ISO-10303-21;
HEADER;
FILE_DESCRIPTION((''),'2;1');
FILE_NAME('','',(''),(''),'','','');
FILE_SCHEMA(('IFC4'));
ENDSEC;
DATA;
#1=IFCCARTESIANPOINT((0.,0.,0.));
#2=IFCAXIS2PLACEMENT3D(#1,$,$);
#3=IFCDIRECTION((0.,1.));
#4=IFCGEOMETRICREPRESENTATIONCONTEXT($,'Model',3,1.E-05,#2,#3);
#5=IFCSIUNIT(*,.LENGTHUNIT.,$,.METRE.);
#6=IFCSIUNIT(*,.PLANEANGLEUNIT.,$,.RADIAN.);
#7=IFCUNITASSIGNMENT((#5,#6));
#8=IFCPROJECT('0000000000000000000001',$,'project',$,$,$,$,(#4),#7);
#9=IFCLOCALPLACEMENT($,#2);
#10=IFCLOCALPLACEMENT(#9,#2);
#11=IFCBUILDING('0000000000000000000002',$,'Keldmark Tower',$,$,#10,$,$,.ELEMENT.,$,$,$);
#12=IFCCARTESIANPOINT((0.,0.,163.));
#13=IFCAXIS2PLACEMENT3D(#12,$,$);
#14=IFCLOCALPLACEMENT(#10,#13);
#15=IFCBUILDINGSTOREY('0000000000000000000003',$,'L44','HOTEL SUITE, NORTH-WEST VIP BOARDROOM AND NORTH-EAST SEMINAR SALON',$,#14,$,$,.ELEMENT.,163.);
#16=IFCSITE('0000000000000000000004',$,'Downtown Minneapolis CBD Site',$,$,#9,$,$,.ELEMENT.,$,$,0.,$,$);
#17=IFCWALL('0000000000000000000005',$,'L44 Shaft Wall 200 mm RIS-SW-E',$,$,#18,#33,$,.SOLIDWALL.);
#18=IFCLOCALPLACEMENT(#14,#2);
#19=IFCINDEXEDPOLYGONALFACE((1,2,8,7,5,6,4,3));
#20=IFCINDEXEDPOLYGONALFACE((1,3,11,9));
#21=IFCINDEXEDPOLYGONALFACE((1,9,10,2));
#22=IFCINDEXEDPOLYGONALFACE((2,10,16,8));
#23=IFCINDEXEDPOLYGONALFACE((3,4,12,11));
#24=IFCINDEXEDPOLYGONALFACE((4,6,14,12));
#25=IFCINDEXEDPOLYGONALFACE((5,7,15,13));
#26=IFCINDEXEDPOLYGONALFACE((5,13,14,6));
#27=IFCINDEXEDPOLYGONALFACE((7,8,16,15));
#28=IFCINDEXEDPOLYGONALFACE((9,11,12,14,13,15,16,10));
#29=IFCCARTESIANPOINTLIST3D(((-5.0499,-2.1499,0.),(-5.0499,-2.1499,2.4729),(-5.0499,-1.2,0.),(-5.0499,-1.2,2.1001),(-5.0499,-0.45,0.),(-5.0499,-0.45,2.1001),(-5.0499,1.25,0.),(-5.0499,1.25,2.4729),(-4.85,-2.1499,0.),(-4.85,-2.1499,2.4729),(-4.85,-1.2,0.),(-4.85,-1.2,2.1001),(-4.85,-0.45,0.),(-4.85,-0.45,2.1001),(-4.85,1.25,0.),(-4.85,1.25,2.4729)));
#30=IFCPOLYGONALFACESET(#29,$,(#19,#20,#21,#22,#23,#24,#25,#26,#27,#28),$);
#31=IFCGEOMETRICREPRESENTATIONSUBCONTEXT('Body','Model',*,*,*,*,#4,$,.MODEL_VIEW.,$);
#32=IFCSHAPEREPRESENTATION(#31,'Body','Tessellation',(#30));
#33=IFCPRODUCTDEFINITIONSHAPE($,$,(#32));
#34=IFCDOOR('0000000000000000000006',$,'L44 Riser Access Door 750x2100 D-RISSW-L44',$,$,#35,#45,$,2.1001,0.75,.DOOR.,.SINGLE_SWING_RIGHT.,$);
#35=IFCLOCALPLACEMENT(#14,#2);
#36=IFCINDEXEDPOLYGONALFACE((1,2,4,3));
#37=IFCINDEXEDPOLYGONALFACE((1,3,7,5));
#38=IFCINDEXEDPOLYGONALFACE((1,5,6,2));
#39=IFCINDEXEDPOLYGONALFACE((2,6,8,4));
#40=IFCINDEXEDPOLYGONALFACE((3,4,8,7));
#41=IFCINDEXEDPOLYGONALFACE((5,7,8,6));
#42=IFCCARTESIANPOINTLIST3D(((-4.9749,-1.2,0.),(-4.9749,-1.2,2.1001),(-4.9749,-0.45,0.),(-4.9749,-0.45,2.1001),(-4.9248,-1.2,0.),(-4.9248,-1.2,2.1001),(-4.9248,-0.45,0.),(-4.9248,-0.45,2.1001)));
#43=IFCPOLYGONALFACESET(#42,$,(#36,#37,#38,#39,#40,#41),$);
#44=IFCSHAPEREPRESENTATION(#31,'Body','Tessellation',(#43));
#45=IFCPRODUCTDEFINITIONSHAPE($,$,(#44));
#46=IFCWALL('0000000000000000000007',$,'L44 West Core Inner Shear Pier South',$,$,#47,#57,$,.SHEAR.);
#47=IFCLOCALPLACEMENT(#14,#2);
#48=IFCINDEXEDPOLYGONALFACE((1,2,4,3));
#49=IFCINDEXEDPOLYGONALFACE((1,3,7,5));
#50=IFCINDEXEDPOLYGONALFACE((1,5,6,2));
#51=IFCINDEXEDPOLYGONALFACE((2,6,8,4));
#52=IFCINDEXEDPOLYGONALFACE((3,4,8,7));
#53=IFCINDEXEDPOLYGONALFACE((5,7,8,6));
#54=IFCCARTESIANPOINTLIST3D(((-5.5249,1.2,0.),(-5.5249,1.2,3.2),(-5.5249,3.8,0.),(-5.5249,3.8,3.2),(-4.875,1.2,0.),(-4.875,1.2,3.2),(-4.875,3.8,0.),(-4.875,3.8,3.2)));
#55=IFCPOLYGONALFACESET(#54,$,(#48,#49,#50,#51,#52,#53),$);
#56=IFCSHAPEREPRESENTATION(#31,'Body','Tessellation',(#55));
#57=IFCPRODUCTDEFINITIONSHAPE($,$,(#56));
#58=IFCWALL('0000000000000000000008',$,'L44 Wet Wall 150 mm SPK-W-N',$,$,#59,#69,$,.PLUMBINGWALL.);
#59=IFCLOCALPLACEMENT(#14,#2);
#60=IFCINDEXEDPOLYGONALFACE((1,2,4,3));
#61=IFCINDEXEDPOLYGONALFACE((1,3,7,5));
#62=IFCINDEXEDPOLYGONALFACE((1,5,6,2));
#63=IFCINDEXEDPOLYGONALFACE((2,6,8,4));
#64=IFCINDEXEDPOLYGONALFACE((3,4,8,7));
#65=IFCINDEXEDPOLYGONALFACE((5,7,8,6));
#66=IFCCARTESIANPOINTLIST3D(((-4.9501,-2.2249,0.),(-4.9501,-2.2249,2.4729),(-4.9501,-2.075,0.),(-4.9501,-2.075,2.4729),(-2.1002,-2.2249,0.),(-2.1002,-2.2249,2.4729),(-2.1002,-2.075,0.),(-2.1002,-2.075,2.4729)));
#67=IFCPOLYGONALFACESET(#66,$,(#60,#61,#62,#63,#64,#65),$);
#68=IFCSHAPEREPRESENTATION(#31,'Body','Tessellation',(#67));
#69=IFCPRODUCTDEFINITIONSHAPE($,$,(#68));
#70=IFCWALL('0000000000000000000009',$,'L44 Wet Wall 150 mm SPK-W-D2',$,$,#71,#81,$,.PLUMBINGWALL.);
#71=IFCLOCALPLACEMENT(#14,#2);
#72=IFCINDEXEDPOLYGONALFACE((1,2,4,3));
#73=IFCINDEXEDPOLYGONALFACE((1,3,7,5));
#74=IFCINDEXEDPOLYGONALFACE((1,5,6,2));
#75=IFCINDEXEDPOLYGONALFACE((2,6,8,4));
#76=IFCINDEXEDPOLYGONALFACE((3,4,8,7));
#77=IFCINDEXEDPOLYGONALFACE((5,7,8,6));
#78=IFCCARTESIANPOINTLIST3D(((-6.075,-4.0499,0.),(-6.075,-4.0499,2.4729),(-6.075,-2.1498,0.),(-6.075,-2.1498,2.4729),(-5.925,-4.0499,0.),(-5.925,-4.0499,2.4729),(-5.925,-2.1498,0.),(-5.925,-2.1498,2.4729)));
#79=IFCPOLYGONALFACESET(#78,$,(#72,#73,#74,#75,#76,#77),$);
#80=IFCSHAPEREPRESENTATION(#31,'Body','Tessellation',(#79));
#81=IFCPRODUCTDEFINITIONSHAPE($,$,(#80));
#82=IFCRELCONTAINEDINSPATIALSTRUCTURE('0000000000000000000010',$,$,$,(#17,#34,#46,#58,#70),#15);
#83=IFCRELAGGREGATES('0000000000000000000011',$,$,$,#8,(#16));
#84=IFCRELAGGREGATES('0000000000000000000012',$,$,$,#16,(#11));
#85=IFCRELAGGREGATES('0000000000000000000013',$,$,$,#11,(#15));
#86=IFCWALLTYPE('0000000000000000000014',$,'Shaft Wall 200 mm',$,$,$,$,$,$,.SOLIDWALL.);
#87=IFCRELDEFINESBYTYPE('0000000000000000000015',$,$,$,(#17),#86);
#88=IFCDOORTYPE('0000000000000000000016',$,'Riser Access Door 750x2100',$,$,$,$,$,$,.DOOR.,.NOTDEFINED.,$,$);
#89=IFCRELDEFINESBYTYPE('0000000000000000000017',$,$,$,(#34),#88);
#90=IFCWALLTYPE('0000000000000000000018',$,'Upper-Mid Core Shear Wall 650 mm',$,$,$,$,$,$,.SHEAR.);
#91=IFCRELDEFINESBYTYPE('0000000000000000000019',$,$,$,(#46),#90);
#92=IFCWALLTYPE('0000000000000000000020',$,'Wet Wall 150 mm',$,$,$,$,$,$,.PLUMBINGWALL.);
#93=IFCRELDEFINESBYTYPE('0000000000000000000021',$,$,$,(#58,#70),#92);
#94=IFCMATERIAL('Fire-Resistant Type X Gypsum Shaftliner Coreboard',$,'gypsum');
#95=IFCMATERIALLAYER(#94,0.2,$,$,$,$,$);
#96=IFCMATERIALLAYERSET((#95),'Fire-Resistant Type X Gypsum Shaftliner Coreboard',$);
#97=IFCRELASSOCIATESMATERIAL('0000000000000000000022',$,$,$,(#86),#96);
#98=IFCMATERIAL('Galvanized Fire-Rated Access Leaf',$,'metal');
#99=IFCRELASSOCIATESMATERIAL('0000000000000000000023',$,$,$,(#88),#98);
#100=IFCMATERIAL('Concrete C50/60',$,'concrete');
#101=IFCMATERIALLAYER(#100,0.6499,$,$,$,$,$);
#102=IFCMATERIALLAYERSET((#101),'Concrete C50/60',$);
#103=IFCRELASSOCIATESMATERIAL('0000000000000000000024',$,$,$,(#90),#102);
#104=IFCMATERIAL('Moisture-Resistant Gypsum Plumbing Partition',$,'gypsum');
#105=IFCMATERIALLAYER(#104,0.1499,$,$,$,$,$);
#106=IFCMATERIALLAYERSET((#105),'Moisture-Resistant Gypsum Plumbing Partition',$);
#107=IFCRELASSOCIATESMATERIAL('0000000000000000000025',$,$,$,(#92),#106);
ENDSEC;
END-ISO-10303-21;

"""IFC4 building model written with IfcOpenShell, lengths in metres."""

from ifc_helpers import new_model, si_unit, direction, frame, frame_2d, origin, place, context, subcontext, project, spatial, rectangle, extrude, material, layer, layer_set, type_object, element, fill, save


model = new_model("IFC4")

# Units and contexts
model_context = context("Model", 3, precision=1e-05, world=origin(), true_north=direction((0.0, 1.0)))
body_context = subcontext(model_context, "Body", "Model", "MODEL_VIEW")
ifc_project = project(units=[si_unit("LENGTHUNIT", "METRE"), si_unit("PLANEANGLEUNIT", "RADIAN")], contexts=[model_context])

# Site, building, storey
site_placement = place(None, origin())
site = spatial("IfcSite", under=ifc_project, at=site_placement, Name="Downtown Minneapolis CBD Site", CompositionType="ELEMENT", RefElevation=0.0)
building_placement = place(site_placement, origin())
building = spatial("IfcBuilding", under=site, at=building_placement, Name="Keldmark Tower", CompositionType="ELEMENT")
storey_placement = place(building_placement, frame((0.0, 0.0, 163.0)))
storey = spatial("IfcBuildingStorey", under=building, at=storey_placement, Name="L44", Description="HOTEL SUITE, NORTH-WEST VIP BOARDROOM AND NORTH-EAST SEMINAR SALON", CompositionType="ELEMENT", Elevation=163.0)

# Shared definitions
ifc_material_1 = material(Name="Fire-Resistant Type X Gypsum Shaftliner Coreboard", Category="gypsum")
ifc_layer_1 = layer(ifc_material_1, 0.2)
ifc_layer_set_1 = layer_set([ifc_layer_1], Name="Fire-Resistant Type X Gypsum Shaftliner Coreboard")
wall_type_1 = type_object("IfcWallType", Name="Shaft Wall 200 mm", PredefinedType="SOLIDWALL", material=ifc_layer_set_1)

# Wall, opening, door
wall_1_placement = place(storey_placement, frame((-4.95, -2.1499, 0.0), z_axis=(0.0, 0.0, 1.0), x_axis=(0.0, 1.0, 0.0)))
wall_1 = element("IfcWall", 1, at=wall_1_placement, inside=storey, type_object=wall_type_1, Name="L44 Shaft Wall 200 mm RIS-SW-E", PredefinedType="SOLIDWALL", context=body_context, shape_type="SweptSolid", body=[
    extrude(rectangle(XDim=3.3999, YDim=0.2, at=frame_2d((1.7, 0.0))), origin(), (0.0, 0.0, 1.0), 2.4729),
])
opening_1_placement = place(wall_1_placement, frame((0.95, 0.0, 0.0)))
opening_1 = element("IfcOpeningElement", 2, at=opening_1_placement, cuts=wall_1, PredefinedType="OPENING", context=body_context, shape_type="SweptSolid", body=[
    extrude(rectangle(XDim=0.75, YDim=2.1001, at=frame_2d((0.375, 1.05))), frame((0.0, 0.1099, 0.0), z_axis=(0.0, -1.0, 0.0), x_axis=(1.0, 0.0, 0.0)), (0.0, 0.0, 1.0), 0.22),
])
ifc_material_2 = material(Name="Galvanized Fire-Rated Access Leaf", Category="metal")
door_type_1 = type_object("IfcDoorType", Name="Riser Access Door 750x2100", OperationType="NOTDEFINED", PredefinedType="DOOR", material=ifc_material_2)
door_1_placement = place(opening_1_placement, origin())
door_1 = element("IfcDoor", 3, at=door_1_placement, inside=storey, type_object=door_type_1, Name="L44 Riser Access Door 750x2100 D-RISSW-L44", OperationType="SINGLE_SWING_RIGHT", OverallHeight=2.1001, OverallWidth=0.75, PredefinedType="DOOR", context=body_context, shape_type="SweptSolid", body=[
    extrude(rectangle(XDim=0.75, YDim=2.1001, at=frame_2d((0.375, 1.05))), frame((0.0, 0.0249, 0.0), z_axis=(0.0, -1.0, 0.0), x_axis=(1.0, 0.0, 0.0)), (0.0, 0.0, 1.0), 0.05),
])
fill(opening_1, door_1)

# Shared definitions
ifc_material_3 = material(Name="Concrete C50/60", Category="concrete")
ifc_layer_2 = layer(ifc_material_3, 0.6499)
ifc_layer_set_2 = layer_set([ifc_layer_2], Name="Concrete C50/60")
wall_type_2 = type_object("IfcWallType", Name="Upper-Mid Core Shear Wall 650 mm", PredefinedType="SHEAR", material=ifc_layer_set_2)

# Walls
wall_2_placement = place(storey_placement, frame((-5.2, 1.2, 0.0), z_axis=(0.0, 0.0, 1.0), x_axis=(0.0, 1.0, 0.0)))
element("IfcWall", 4, at=wall_2_placement, inside=storey, type_object=wall_type_2, Name="L44 West Core Inner Shear Pier South", PredefinedType="SHEAR", context=body_context, shape_type="SweptSolid", body=[
    extrude(rectangle(XDim=2.6001, YDim=0.6499, at=frame_2d((1.3, 0.0))), origin(), (0.0, 0.0, 1.0), 3.2),
])
ifc_material_4 = material(Name="Moisture-Resistant Gypsum Plumbing Partition", Category="gypsum")
ifc_layer_3 = layer(ifc_material_4, 0.1499)
ifc_layer_set_3 = layer_set([ifc_layer_3], Name="Moisture-Resistant Gypsum Plumbing Partition")
wall_type_3 = type_object("IfcWallType", Name="Wet Wall 150 mm", PredefinedType="PLUMBINGWALL", material=ifc_layer_set_3)
wall_3_placement = place(storey_placement, frame((-4.95, -2.1499, 0.0), z_axis=(0.0, 0.0, 1.0), x_axis=(1.0, 0.0, 0.0)))
element("IfcWall", 5, at=wall_3_placement, inside=storey, type_object=wall_type_3, Name="L44 Wet Wall 150 mm SPK-W-N", PredefinedType="PLUMBINGWALL", context=body_context, shape_type="SweptSolid", body=[
    extrude(rectangle(XDim=2.8499, YDim=0.1499, at=frame_2d((1.4248, 0.0))), origin(), (0.0, 0.0, 1.0), 2.4729),
])
wall_4_placement = place(storey_placement, frame((-6.0, -4.05, 0.0), z_axis=(0.0, 0.0, 1.0), x_axis=(0.0, 1.0, 0.0)))
element("IfcWall", 6, at=wall_4_placement, inside=storey, type_object=wall_type_3, Name="L44 Wet Wall 150 mm SPK-W-D2", PredefinedType="PLUMBINGWALL", context=body_context, shape_type="SweptSolid", body=[
    extrude(rectangle(XDim=1.9001, YDim=0.1499, at=frame_2d((0.9502, 0.0))), origin(), (0.0, 0.0, 1.0), 2.4729),
])

save(model, "model.ifc")
